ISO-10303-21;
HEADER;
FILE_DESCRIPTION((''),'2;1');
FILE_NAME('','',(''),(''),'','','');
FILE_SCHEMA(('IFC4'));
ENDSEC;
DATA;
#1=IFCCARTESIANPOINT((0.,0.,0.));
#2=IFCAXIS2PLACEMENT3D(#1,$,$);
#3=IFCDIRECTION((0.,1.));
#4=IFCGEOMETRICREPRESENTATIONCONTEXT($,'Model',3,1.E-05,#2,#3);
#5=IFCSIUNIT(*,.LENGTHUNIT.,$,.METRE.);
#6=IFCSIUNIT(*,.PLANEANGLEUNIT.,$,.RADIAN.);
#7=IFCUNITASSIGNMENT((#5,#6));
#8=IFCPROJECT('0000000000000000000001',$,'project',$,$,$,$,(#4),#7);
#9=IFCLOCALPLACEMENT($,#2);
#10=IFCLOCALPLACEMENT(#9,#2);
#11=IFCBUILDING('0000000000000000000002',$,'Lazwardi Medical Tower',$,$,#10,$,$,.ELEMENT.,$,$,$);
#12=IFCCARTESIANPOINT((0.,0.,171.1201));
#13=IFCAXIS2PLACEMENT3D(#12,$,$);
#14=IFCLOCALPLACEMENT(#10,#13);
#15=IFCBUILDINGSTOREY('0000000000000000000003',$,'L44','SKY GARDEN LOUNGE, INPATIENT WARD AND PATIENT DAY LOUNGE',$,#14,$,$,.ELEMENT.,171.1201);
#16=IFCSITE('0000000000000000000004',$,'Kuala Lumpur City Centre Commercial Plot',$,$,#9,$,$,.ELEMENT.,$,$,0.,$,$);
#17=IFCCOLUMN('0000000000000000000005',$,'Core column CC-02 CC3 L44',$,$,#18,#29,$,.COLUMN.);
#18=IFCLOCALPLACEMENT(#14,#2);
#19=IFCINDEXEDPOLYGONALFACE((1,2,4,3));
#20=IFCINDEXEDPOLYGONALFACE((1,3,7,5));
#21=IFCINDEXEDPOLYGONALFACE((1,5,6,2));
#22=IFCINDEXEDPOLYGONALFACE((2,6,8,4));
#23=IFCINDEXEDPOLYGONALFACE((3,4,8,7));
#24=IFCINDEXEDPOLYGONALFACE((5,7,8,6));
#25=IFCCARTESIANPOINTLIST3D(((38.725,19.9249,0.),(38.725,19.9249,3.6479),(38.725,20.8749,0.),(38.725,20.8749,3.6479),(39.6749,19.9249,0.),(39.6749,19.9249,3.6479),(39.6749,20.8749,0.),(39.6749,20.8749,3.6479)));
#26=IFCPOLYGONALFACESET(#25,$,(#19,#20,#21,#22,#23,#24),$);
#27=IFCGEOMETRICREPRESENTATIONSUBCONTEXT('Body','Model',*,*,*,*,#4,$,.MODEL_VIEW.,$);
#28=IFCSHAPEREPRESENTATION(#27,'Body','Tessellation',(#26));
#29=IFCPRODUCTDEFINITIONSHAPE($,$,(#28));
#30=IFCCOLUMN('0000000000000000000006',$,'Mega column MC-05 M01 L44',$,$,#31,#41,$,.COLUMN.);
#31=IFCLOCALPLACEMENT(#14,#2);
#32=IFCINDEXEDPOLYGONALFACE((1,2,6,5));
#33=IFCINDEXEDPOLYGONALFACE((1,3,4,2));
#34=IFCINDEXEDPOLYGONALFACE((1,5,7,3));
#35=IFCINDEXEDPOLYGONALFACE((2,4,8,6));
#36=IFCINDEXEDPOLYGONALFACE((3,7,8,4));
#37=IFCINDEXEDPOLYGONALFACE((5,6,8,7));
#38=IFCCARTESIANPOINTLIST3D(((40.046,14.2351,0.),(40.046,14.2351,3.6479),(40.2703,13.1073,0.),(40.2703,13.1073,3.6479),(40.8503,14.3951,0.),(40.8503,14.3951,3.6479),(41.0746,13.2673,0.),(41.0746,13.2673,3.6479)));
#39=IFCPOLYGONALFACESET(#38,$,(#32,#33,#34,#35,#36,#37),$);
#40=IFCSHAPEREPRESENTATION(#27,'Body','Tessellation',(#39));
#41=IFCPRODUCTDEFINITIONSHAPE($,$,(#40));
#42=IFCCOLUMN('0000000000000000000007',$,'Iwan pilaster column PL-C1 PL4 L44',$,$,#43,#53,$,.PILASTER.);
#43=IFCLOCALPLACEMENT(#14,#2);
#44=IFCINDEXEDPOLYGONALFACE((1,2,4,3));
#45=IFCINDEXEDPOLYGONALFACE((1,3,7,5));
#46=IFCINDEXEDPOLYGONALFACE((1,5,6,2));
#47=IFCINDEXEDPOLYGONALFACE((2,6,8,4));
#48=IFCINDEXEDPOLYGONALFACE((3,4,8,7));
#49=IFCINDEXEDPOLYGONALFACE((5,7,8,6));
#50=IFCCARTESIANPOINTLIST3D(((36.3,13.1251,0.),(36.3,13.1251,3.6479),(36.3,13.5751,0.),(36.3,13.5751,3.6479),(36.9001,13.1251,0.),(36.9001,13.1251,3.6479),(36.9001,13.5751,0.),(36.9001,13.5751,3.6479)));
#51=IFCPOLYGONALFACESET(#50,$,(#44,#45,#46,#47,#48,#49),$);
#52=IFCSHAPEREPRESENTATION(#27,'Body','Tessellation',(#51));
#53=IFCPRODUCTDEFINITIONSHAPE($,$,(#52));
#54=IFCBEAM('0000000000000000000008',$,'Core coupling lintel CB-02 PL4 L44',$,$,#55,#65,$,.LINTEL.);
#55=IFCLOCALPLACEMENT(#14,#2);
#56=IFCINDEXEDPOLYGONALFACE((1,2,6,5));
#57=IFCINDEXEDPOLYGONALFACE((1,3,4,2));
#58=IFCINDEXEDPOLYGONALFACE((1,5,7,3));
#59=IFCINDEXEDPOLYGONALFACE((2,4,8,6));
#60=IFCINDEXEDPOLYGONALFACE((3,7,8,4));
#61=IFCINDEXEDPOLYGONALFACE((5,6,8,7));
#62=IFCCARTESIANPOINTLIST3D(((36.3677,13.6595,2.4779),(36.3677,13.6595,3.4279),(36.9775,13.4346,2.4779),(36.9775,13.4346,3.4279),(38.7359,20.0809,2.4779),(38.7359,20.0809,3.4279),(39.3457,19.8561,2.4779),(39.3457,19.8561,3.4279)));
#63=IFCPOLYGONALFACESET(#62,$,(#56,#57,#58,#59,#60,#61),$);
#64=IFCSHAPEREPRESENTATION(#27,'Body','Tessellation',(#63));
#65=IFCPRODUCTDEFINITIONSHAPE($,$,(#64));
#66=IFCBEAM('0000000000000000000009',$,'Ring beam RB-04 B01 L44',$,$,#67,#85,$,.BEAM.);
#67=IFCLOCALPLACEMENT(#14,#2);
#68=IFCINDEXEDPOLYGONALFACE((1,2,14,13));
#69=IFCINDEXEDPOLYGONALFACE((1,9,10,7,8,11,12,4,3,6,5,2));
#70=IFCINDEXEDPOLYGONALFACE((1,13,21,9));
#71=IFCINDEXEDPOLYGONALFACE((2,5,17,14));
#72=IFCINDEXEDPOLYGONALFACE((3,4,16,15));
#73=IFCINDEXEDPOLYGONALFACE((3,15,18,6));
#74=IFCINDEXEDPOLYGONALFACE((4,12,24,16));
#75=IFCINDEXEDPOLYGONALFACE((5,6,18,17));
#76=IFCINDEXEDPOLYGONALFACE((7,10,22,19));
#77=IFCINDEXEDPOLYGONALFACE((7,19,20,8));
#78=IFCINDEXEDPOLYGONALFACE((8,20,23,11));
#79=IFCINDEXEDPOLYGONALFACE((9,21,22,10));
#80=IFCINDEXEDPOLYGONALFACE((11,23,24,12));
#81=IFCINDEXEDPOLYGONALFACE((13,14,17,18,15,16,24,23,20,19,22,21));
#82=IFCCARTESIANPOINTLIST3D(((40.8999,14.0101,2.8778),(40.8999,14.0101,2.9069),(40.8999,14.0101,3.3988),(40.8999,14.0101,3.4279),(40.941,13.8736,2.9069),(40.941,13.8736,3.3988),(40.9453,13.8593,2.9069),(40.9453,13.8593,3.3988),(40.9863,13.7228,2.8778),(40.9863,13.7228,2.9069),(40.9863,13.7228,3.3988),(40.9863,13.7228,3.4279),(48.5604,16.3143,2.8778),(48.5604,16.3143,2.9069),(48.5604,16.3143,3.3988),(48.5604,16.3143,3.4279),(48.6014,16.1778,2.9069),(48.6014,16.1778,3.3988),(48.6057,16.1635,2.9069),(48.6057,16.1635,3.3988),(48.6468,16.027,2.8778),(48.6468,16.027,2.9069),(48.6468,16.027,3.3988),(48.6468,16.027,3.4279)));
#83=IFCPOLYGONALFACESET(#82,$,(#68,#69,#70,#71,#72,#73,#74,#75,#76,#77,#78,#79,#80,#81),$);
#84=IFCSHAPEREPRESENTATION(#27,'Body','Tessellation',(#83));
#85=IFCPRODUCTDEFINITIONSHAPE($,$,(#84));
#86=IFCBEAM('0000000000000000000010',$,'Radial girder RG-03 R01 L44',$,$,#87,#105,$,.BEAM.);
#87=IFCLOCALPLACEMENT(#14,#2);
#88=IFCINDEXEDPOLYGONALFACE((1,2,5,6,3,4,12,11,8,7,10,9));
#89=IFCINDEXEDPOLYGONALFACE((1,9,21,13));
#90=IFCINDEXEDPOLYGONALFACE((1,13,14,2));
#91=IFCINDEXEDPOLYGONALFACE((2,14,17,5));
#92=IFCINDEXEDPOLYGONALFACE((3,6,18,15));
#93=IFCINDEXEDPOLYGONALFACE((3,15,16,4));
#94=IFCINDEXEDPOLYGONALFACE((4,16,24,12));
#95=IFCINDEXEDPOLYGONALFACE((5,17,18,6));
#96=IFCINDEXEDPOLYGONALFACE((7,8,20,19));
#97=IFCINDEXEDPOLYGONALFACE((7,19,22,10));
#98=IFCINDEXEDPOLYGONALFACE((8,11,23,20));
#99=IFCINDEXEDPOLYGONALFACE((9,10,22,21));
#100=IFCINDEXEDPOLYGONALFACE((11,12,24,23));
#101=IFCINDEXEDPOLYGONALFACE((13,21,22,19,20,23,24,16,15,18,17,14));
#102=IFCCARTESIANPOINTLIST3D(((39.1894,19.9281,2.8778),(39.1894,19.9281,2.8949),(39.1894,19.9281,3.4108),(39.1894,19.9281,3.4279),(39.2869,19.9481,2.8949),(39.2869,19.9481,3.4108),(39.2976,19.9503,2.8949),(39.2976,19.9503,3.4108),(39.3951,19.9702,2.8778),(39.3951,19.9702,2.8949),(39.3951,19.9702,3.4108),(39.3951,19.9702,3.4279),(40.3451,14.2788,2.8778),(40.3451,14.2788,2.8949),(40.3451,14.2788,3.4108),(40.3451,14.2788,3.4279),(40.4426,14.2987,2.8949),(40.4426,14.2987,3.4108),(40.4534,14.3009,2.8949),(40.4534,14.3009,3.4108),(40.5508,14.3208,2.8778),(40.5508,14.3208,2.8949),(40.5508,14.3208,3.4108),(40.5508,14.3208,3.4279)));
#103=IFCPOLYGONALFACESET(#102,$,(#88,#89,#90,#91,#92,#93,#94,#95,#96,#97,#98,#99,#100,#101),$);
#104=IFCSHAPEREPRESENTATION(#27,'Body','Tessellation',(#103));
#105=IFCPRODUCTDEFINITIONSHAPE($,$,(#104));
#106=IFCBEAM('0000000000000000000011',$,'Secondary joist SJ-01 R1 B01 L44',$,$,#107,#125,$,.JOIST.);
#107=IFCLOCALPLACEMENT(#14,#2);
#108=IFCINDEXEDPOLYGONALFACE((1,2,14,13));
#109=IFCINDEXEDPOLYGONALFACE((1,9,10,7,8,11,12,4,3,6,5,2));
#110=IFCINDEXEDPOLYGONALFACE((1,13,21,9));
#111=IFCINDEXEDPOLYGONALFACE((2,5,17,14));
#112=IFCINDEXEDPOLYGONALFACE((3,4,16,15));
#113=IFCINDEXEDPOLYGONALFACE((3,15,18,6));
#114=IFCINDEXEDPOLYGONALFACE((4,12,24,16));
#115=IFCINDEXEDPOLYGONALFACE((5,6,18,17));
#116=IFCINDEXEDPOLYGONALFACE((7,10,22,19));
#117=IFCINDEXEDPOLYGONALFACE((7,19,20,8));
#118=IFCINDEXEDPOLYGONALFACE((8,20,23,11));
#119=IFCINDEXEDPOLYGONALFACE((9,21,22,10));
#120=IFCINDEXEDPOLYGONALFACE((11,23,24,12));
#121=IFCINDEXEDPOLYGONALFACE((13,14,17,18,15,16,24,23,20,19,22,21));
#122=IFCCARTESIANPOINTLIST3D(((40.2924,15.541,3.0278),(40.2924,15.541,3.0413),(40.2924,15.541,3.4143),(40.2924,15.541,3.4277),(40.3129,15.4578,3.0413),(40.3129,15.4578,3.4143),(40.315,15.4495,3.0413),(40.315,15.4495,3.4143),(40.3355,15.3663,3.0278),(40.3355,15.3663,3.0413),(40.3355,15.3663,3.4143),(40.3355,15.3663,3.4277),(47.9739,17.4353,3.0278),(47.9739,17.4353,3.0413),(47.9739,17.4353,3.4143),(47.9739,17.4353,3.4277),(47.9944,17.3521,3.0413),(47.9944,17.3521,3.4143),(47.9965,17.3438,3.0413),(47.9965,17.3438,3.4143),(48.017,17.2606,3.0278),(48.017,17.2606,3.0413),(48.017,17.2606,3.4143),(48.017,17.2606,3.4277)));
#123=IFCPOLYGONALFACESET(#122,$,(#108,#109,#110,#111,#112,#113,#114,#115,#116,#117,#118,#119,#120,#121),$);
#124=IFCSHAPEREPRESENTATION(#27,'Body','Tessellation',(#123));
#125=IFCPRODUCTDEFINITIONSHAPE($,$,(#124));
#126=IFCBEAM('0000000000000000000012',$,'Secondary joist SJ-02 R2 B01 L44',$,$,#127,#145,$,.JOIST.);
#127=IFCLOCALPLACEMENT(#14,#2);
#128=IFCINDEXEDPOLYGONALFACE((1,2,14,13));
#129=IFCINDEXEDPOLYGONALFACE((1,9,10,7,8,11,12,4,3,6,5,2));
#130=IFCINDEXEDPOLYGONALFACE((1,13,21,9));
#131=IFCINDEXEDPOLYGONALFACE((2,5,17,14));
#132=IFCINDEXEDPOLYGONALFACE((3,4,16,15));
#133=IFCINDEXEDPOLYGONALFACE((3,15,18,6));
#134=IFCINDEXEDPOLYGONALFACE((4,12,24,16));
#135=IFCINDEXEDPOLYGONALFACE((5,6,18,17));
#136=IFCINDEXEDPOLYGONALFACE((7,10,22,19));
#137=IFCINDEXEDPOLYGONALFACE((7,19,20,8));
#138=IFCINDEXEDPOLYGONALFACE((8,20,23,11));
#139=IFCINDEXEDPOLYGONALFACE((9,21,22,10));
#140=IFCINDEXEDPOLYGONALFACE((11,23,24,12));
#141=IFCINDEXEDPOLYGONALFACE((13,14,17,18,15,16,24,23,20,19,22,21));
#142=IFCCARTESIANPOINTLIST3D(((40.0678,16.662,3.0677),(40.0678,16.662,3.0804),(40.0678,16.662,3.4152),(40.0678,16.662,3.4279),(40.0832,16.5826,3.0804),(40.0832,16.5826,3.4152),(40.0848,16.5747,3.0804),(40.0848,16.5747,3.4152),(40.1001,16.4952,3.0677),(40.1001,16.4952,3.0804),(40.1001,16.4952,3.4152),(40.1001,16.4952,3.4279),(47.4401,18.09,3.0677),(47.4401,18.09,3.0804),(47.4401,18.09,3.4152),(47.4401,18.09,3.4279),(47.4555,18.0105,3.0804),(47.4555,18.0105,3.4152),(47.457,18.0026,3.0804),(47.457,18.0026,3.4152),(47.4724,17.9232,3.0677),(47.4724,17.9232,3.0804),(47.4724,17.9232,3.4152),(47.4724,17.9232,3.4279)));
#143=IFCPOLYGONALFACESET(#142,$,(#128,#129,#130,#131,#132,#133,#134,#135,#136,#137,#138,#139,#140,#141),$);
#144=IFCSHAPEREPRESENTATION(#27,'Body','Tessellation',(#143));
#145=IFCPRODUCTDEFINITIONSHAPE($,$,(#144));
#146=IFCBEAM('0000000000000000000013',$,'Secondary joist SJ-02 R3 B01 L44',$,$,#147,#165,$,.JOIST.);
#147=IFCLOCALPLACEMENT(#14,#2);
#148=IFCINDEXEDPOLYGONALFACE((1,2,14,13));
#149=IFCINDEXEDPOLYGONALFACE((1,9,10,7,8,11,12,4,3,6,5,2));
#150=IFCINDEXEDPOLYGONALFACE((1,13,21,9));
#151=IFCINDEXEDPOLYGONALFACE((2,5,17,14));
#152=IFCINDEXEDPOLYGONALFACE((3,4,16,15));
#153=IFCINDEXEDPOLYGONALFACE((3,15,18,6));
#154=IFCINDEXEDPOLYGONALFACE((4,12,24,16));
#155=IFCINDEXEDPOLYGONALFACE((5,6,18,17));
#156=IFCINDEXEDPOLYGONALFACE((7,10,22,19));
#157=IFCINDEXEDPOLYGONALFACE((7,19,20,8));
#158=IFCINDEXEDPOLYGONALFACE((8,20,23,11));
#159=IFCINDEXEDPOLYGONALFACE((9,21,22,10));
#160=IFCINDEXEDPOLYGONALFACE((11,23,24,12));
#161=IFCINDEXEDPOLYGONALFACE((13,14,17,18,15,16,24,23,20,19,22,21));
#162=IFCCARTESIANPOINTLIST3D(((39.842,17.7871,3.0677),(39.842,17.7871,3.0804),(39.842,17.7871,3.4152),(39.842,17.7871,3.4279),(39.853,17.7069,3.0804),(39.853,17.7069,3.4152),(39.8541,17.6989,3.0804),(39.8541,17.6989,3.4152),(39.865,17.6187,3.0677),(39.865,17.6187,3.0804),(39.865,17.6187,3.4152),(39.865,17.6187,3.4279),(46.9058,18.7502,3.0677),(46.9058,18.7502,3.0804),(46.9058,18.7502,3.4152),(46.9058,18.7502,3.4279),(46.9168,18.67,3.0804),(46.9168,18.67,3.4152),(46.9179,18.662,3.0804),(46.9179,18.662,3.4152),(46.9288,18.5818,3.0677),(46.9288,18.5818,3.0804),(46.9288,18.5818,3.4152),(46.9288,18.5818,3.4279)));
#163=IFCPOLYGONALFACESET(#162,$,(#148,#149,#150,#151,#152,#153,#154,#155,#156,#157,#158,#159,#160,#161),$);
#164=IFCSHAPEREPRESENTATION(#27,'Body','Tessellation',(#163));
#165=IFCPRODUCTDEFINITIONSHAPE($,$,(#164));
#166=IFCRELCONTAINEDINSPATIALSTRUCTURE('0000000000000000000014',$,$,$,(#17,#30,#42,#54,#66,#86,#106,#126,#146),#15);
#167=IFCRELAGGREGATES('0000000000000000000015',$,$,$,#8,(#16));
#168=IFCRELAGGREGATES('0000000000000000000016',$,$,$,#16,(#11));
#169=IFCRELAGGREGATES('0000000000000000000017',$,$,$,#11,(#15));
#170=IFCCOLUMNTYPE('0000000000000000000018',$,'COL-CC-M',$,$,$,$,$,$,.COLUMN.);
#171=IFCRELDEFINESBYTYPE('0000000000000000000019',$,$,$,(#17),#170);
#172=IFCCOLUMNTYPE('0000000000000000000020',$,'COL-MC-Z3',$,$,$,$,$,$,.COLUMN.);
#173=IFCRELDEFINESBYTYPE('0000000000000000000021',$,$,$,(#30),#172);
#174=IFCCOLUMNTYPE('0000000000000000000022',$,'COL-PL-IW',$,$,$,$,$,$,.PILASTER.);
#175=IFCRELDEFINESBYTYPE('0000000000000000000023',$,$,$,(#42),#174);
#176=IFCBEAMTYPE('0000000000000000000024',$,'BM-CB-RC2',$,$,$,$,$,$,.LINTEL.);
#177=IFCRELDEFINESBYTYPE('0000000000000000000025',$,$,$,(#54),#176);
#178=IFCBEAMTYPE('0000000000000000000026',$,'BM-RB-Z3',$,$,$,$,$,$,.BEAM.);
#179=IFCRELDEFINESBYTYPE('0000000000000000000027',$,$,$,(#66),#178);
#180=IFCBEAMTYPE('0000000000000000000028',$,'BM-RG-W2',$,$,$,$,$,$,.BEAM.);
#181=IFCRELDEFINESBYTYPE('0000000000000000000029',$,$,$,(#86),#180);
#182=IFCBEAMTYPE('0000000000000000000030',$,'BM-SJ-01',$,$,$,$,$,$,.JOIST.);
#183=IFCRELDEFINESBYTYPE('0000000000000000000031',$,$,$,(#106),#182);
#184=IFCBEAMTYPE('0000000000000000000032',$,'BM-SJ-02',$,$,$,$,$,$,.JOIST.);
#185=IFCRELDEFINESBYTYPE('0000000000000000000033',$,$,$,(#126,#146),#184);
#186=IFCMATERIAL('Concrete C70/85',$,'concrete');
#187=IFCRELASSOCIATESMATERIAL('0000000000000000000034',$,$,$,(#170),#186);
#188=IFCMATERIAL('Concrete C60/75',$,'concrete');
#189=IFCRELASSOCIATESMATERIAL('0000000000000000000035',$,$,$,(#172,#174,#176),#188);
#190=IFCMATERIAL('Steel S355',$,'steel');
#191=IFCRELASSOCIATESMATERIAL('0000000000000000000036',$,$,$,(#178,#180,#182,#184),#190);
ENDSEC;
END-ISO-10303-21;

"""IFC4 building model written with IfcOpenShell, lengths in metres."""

from ifc_helpers import new_model, si_unit, direction, frame, origin, origin_2d, place, context, subcontext, project, spatial, rectangle, i_section, extrude, material, material_profile, profile_set, type_object, element, save


model = new_model("IFC4")

# Units and contexts
model_context = context("Model", 3, precision=1e-05, world=origin(), true_north=direction((0.0, 1.0)))
body_context = subcontext(model_context, "Body", "Model", "MODEL_VIEW")
ifc_project = project(units=[si_unit("LENGTHUNIT", "METRE"), si_unit("PLANEANGLEUNIT", "RADIAN")], contexts=[model_context])

# Site, building, storey
site_placement = place(None, origin())
site = spatial("IfcSite", under=ifc_project, at=site_placement, Name="Kuala Lumpur City Centre Commercial Plot", CompositionType="ELEMENT", RefElevation=0.0)
building_placement = place(site_placement, origin())
building = spatial("IfcBuilding", under=site, at=building_placement, Name="Lazwardi Medical Tower", CompositionType="ELEMENT")
storey_placement = place(building_placement, frame((0.0, 0.0, 171.1201)))
storey = spatial("IfcBuildingStorey", under=building, at=storey_placement, Name="L44", Description="SKY GARDEN LOUNGE, INPATIENT WARD AND PATIENT DAY LOUNGE", CompositionType="ELEMENT", Elevation=171.1201)

# Columns
ifc_material_1 = material(Name="Concrete C70/85", Category="concrete")
ifc_material_profile_1 = material_profile(ifc_material_1, rectangle(XDim=0.95, YDim=0.95, at=origin_2d()), Name="RC 950x950")
ifc_profile_set_1 = profile_set([ifc_material_profile_1], Name="Concrete C70/85")
column_type_1 = type_object("IfcColumnType", Name="COL-CC-M", PredefinedType="COLUMN", material=ifc_profile_set_1)
column_1_placement = place(storey_placement, frame((39.2, 20.3999, 0.0), z_axis=(0.0, 0.0, 1.0), x_axis=(1.0, 0.0, 0.0)))
element("IfcColumn", 1, at=column_1_placement, inside=storey, type_object=column_type_1, Name="Core column CC-02 CC3 L44", PredefinedType="COLUMN", context=body_context, shape_type="SweptSolid", body=[
    extrude(rectangle(XDim=0.95, YDim=0.95, at=origin_2d()), origin(), (0.0, 0.0, 1.0), 3.6479),
])
ifc_material_2 = material(Name="Concrete C60/75", Category="concrete")
ifc_material_profile_2 = material_profile(ifc_material_2, rectangle(XDim=1.1499, YDim=0.8201, at=origin_2d()), Name="CFT-RECT 1150x820")
ifc_profile_set_2 = profile_set([ifc_material_profile_2], Name="Concrete C60/75")
column_type_2 = type_object("IfcColumnType", Name="COL-MC-Z3", PredefinedType="COLUMN", material=ifc_profile_set_2)
column_2_placement = place(storey_placement, frame((40.5603, 13.7512, 0.0), z_axis=(0.0, 0.0, 1.0), x_axis=(0.19509, -0.980785, 0.0)))
element("IfcColumn", 2, at=column_2_placement, inside=storey, type_object=column_type_2, Name="Mega column MC-05 M01 L44", PredefinedType="COLUMN", context=body_context, shape_type="SweptSolid", body=[
    extrude(rectangle(XDim=1.1499, YDim=0.8201, at=origin_2d()), origin(), (0.0, 0.0, 1.0), 3.6479),
])
ifc_material_profile_3 = material_profile(ifc_material_2, rectangle(XDim=0.6001, YDim=0.45, at=origin_2d()), Name="RC 600x450")
ifc_profile_set_3 = profile_set([ifc_material_profile_3], Name="Concrete C60/75")
column_type_3 = type_object("IfcColumnType", Name="COL-PL-IW", PredefinedType="PILASTER", material=ifc_profile_set_3)
column_3_placement = place(storey_placement, frame((36.6001, 13.3501, 0.0), z_axis=(0.0, 0.0, 1.0), x_axis=(1.0, 0.0, 0.0)))
element("IfcColumn", 3, at=column_3_placement, inside=storey, type_object=column_type_3, Name="Iwan pilaster column PL-C1 PL4 L44", PredefinedType="PILASTER", context=body_context, shape_type="SweptSolid", body=[
    extrude(rectangle(XDim=0.6001, YDim=0.45, at=origin_2d()), origin(), (0.0, 0.0, 1.0), 3.6479),
])

# Beams
ifc_material_profile_4 = material_profile(ifc_material_2, rectangle(XDim=0.6499, YDim=0.95, at=origin_2d()), Name="RC 650x950")
ifc_profile_set_4 = profile_set([ifc_material_profile_4], Name="Concrete C60/75")
beam_type_1 = type_object("IfcBeamType", Name="BM-CB-RC2", PredefinedType="LINTEL", material=ifc_profile_set_4)
beam_1_placement = place(storey_placement, frame((39.0408, 19.9685, 2.9529), z_axis=(-0.346013, -0.93823, 0.0), x_axis=(0.93823, -0.346013, 0.0)))
element("IfcBeam", 4, at=beam_1_placement, inside=storey, type_object=beam_type_1, Name="Core coupling lintel CB-02 PL4 L44", PredefinedType="LINTEL", context=body_context, shape_type="SweptSolid", body=[
    extrude(rectangle(XDim=0.6499, YDim=0.95, at=origin_2d()), origin(), (0.0, 0.0, 1.0), 6.8442),
])
ifc_material_3 = material(Name="Steel S355", Category="steel")
ifc_material_profile_5 = material_profile(ifc_material_3, i_section(OverallWidth=0.3, OverallDepth=0.55, WebThickness=0.0149, FlangeThickness=0.0291, at=origin_2d()), Name="HEB 550")
ifc_profile_set_5 = profile_set([ifc_material_profile_5], Name="Steel S355")
beam_type_2 = type_object("IfcBeamType", Name="BM-RB-Z3", PredefinedType="BEAM", material=ifc_profile_set_5)
beam_2_placement = place(storey_placement, frame((40.9431, 13.8665, 3.1528), z_axis=(0.957617, 0.288045, 0.0), x_axis=(-0.288045, 0.957617, 0.0)))
element("IfcBeam", 5, at=beam_2_placement, inside=storey, type_object=beam_type_2, Name="Ring beam RB-04 B01 L44", PredefinedType="BEAM", context=body_context, shape_type="SweptSolid", body=[
    extrude(i_section(OverallWidth=0.3, OverallDepth=0.55, WebThickness=0.0149, FlangeThickness=0.0291, at=origin_2d()), origin(), (0.0, 0.0, 1.0), 7.9995),
])
ifc_material_profile_6 = material_profile(ifc_material_3, i_section(OverallWidth=0.21, OverallDepth=0.55, WebThickness=0.011, FlangeThickness=0.0171, at=origin_2d()), Name="IPE 550")
ifc_profile_set_6 = profile_set([ifc_material_profile_6], Name="Steel S355")
beam_type_3 = type_object("IfcBeamType", Name="BM-RG-W2", PredefinedType="BEAM", material=ifc_profile_set_6)
beam_3_placement = place(storey_placement, frame((40.448, 14.2998, 3.1528), z_axis=(-0.200429, 0.979708, 0.0), x_axis=(-0.979708, -0.200429, 0.0)))
element("IfcBeam", 6, at=beam_3_placement, inside=storey, type_object=beam_type_3, Name="Radial girder RG-03 R01 L44", PredefinedType="BEAM", context=body_context, shape_type="SweptSolid", body=[
    extrude(i_section(OverallWidth=0.21, OverallDepth=0.55, WebThickness=0.011, FlangeThickness=0.0171, at=origin_2d()), origin(), (0.0, 0.0, 1.0), 5.7664),
])
ifc_material_profile_7 = material_profile(ifc_material_3, i_section(OverallWidth=0.1799, OverallDepth=0.3999, WebThickness=0.0085, FlangeThickness=0.0134, at=origin_2d()), Name="IPE 400")
ifc_profile_set_7 = profile_set([ifc_material_profile_7], Name="Steel S355")
beam_type_4 = type_object("IfcBeamType", Name="BM-SJ-01", PredefinedType="JOIST", material=ifc_profile_set_7)
beam_4_placement = place(storey_placement, frame((40.314, 15.4536, 3.2278), z_axis=(0.970913, 0.239434, 0.0), x_axis=(-0.239434, 0.970913, 0.0)))
element("IfcBeam", 7, at=beam_4_placement, inside=storey, type_object=beam_type_4, Name="Secondary joist SJ-01 R1 B01 L44", PredefinedType="JOIST", context=body_context, shape_type="SweptSolid", body=[
    extrude(i_section(OverallWidth=0.1799, OverallDepth=0.3999, WebThickness=0.0085, FlangeThickness=0.0134, at=origin_2d()), origin(), (0.0, 0.0, 1.0), 7.9116),
])
ifc_material_profile_8 = material_profile(ifc_material_3, i_section(OverallWidth=0.1699, OverallDepth=0.3601, WebThickness=0.0081, FlangeThickness=0.0127, at=origin_2d()), Name="IPE 360")
ifc_profile_set_8 = profile_set([ifc_material_profile_8], Name="Steel S355")
beam_type_5 = type_object("IfcBeamType", Name="BM-SJ-02", PredefinedType="JOIST", material=ifc_profile_set_8)
beam_5_placement = place(storey_placement, frame((40.084, 16.5786, 3.2478), z_axis=(0.981753, 0.19016, 0.0), x_axis=(-0.19016, 0.981753, 0.0)))
element("IfcBeam", 8, at=beam_5_placement, inside=storey, type_object=beam_type_5, Name="Secondary joist SJ-02 R2 B01 L44", PredefinedType="JOIST", context=body_context, shape_type="SweptSolid", body=[
    extrude(i_section(OverallWidth=0.1699, OverallDepth=0.3601, WebThickness=0.0081, FlangeThickness=0.0127, at=origin_2d()), origin(), (0.0, 0.0, 1.0), 7.5093),
])
beam_6_placement = place(storey_placement, frame((39.8535, 17.7029, 3.2478), z_axis=(0.990832, 0.135099, 0.0), x_axis=(-0.135099, 0.990832, 0.0)))
element("IfcBeam", 9, at=beam_6_placement, inside=storey, type_object=beam_type_5, Name="Secondary joist SJ-02 R3 B01 L44", PredefinedType="JOIST", context=body_context, shape_type="SweptSolid", body=[
    extrude(i_section(OverallWidth=0.1699, OverallDepth=0.3601, WebThickness=0.0081, FlangeThickness=0.0127, at=origin_2d()), origin(), (0.0, 0.0, 1.0), 7.1292),
])

save(model, "model.ifc")
